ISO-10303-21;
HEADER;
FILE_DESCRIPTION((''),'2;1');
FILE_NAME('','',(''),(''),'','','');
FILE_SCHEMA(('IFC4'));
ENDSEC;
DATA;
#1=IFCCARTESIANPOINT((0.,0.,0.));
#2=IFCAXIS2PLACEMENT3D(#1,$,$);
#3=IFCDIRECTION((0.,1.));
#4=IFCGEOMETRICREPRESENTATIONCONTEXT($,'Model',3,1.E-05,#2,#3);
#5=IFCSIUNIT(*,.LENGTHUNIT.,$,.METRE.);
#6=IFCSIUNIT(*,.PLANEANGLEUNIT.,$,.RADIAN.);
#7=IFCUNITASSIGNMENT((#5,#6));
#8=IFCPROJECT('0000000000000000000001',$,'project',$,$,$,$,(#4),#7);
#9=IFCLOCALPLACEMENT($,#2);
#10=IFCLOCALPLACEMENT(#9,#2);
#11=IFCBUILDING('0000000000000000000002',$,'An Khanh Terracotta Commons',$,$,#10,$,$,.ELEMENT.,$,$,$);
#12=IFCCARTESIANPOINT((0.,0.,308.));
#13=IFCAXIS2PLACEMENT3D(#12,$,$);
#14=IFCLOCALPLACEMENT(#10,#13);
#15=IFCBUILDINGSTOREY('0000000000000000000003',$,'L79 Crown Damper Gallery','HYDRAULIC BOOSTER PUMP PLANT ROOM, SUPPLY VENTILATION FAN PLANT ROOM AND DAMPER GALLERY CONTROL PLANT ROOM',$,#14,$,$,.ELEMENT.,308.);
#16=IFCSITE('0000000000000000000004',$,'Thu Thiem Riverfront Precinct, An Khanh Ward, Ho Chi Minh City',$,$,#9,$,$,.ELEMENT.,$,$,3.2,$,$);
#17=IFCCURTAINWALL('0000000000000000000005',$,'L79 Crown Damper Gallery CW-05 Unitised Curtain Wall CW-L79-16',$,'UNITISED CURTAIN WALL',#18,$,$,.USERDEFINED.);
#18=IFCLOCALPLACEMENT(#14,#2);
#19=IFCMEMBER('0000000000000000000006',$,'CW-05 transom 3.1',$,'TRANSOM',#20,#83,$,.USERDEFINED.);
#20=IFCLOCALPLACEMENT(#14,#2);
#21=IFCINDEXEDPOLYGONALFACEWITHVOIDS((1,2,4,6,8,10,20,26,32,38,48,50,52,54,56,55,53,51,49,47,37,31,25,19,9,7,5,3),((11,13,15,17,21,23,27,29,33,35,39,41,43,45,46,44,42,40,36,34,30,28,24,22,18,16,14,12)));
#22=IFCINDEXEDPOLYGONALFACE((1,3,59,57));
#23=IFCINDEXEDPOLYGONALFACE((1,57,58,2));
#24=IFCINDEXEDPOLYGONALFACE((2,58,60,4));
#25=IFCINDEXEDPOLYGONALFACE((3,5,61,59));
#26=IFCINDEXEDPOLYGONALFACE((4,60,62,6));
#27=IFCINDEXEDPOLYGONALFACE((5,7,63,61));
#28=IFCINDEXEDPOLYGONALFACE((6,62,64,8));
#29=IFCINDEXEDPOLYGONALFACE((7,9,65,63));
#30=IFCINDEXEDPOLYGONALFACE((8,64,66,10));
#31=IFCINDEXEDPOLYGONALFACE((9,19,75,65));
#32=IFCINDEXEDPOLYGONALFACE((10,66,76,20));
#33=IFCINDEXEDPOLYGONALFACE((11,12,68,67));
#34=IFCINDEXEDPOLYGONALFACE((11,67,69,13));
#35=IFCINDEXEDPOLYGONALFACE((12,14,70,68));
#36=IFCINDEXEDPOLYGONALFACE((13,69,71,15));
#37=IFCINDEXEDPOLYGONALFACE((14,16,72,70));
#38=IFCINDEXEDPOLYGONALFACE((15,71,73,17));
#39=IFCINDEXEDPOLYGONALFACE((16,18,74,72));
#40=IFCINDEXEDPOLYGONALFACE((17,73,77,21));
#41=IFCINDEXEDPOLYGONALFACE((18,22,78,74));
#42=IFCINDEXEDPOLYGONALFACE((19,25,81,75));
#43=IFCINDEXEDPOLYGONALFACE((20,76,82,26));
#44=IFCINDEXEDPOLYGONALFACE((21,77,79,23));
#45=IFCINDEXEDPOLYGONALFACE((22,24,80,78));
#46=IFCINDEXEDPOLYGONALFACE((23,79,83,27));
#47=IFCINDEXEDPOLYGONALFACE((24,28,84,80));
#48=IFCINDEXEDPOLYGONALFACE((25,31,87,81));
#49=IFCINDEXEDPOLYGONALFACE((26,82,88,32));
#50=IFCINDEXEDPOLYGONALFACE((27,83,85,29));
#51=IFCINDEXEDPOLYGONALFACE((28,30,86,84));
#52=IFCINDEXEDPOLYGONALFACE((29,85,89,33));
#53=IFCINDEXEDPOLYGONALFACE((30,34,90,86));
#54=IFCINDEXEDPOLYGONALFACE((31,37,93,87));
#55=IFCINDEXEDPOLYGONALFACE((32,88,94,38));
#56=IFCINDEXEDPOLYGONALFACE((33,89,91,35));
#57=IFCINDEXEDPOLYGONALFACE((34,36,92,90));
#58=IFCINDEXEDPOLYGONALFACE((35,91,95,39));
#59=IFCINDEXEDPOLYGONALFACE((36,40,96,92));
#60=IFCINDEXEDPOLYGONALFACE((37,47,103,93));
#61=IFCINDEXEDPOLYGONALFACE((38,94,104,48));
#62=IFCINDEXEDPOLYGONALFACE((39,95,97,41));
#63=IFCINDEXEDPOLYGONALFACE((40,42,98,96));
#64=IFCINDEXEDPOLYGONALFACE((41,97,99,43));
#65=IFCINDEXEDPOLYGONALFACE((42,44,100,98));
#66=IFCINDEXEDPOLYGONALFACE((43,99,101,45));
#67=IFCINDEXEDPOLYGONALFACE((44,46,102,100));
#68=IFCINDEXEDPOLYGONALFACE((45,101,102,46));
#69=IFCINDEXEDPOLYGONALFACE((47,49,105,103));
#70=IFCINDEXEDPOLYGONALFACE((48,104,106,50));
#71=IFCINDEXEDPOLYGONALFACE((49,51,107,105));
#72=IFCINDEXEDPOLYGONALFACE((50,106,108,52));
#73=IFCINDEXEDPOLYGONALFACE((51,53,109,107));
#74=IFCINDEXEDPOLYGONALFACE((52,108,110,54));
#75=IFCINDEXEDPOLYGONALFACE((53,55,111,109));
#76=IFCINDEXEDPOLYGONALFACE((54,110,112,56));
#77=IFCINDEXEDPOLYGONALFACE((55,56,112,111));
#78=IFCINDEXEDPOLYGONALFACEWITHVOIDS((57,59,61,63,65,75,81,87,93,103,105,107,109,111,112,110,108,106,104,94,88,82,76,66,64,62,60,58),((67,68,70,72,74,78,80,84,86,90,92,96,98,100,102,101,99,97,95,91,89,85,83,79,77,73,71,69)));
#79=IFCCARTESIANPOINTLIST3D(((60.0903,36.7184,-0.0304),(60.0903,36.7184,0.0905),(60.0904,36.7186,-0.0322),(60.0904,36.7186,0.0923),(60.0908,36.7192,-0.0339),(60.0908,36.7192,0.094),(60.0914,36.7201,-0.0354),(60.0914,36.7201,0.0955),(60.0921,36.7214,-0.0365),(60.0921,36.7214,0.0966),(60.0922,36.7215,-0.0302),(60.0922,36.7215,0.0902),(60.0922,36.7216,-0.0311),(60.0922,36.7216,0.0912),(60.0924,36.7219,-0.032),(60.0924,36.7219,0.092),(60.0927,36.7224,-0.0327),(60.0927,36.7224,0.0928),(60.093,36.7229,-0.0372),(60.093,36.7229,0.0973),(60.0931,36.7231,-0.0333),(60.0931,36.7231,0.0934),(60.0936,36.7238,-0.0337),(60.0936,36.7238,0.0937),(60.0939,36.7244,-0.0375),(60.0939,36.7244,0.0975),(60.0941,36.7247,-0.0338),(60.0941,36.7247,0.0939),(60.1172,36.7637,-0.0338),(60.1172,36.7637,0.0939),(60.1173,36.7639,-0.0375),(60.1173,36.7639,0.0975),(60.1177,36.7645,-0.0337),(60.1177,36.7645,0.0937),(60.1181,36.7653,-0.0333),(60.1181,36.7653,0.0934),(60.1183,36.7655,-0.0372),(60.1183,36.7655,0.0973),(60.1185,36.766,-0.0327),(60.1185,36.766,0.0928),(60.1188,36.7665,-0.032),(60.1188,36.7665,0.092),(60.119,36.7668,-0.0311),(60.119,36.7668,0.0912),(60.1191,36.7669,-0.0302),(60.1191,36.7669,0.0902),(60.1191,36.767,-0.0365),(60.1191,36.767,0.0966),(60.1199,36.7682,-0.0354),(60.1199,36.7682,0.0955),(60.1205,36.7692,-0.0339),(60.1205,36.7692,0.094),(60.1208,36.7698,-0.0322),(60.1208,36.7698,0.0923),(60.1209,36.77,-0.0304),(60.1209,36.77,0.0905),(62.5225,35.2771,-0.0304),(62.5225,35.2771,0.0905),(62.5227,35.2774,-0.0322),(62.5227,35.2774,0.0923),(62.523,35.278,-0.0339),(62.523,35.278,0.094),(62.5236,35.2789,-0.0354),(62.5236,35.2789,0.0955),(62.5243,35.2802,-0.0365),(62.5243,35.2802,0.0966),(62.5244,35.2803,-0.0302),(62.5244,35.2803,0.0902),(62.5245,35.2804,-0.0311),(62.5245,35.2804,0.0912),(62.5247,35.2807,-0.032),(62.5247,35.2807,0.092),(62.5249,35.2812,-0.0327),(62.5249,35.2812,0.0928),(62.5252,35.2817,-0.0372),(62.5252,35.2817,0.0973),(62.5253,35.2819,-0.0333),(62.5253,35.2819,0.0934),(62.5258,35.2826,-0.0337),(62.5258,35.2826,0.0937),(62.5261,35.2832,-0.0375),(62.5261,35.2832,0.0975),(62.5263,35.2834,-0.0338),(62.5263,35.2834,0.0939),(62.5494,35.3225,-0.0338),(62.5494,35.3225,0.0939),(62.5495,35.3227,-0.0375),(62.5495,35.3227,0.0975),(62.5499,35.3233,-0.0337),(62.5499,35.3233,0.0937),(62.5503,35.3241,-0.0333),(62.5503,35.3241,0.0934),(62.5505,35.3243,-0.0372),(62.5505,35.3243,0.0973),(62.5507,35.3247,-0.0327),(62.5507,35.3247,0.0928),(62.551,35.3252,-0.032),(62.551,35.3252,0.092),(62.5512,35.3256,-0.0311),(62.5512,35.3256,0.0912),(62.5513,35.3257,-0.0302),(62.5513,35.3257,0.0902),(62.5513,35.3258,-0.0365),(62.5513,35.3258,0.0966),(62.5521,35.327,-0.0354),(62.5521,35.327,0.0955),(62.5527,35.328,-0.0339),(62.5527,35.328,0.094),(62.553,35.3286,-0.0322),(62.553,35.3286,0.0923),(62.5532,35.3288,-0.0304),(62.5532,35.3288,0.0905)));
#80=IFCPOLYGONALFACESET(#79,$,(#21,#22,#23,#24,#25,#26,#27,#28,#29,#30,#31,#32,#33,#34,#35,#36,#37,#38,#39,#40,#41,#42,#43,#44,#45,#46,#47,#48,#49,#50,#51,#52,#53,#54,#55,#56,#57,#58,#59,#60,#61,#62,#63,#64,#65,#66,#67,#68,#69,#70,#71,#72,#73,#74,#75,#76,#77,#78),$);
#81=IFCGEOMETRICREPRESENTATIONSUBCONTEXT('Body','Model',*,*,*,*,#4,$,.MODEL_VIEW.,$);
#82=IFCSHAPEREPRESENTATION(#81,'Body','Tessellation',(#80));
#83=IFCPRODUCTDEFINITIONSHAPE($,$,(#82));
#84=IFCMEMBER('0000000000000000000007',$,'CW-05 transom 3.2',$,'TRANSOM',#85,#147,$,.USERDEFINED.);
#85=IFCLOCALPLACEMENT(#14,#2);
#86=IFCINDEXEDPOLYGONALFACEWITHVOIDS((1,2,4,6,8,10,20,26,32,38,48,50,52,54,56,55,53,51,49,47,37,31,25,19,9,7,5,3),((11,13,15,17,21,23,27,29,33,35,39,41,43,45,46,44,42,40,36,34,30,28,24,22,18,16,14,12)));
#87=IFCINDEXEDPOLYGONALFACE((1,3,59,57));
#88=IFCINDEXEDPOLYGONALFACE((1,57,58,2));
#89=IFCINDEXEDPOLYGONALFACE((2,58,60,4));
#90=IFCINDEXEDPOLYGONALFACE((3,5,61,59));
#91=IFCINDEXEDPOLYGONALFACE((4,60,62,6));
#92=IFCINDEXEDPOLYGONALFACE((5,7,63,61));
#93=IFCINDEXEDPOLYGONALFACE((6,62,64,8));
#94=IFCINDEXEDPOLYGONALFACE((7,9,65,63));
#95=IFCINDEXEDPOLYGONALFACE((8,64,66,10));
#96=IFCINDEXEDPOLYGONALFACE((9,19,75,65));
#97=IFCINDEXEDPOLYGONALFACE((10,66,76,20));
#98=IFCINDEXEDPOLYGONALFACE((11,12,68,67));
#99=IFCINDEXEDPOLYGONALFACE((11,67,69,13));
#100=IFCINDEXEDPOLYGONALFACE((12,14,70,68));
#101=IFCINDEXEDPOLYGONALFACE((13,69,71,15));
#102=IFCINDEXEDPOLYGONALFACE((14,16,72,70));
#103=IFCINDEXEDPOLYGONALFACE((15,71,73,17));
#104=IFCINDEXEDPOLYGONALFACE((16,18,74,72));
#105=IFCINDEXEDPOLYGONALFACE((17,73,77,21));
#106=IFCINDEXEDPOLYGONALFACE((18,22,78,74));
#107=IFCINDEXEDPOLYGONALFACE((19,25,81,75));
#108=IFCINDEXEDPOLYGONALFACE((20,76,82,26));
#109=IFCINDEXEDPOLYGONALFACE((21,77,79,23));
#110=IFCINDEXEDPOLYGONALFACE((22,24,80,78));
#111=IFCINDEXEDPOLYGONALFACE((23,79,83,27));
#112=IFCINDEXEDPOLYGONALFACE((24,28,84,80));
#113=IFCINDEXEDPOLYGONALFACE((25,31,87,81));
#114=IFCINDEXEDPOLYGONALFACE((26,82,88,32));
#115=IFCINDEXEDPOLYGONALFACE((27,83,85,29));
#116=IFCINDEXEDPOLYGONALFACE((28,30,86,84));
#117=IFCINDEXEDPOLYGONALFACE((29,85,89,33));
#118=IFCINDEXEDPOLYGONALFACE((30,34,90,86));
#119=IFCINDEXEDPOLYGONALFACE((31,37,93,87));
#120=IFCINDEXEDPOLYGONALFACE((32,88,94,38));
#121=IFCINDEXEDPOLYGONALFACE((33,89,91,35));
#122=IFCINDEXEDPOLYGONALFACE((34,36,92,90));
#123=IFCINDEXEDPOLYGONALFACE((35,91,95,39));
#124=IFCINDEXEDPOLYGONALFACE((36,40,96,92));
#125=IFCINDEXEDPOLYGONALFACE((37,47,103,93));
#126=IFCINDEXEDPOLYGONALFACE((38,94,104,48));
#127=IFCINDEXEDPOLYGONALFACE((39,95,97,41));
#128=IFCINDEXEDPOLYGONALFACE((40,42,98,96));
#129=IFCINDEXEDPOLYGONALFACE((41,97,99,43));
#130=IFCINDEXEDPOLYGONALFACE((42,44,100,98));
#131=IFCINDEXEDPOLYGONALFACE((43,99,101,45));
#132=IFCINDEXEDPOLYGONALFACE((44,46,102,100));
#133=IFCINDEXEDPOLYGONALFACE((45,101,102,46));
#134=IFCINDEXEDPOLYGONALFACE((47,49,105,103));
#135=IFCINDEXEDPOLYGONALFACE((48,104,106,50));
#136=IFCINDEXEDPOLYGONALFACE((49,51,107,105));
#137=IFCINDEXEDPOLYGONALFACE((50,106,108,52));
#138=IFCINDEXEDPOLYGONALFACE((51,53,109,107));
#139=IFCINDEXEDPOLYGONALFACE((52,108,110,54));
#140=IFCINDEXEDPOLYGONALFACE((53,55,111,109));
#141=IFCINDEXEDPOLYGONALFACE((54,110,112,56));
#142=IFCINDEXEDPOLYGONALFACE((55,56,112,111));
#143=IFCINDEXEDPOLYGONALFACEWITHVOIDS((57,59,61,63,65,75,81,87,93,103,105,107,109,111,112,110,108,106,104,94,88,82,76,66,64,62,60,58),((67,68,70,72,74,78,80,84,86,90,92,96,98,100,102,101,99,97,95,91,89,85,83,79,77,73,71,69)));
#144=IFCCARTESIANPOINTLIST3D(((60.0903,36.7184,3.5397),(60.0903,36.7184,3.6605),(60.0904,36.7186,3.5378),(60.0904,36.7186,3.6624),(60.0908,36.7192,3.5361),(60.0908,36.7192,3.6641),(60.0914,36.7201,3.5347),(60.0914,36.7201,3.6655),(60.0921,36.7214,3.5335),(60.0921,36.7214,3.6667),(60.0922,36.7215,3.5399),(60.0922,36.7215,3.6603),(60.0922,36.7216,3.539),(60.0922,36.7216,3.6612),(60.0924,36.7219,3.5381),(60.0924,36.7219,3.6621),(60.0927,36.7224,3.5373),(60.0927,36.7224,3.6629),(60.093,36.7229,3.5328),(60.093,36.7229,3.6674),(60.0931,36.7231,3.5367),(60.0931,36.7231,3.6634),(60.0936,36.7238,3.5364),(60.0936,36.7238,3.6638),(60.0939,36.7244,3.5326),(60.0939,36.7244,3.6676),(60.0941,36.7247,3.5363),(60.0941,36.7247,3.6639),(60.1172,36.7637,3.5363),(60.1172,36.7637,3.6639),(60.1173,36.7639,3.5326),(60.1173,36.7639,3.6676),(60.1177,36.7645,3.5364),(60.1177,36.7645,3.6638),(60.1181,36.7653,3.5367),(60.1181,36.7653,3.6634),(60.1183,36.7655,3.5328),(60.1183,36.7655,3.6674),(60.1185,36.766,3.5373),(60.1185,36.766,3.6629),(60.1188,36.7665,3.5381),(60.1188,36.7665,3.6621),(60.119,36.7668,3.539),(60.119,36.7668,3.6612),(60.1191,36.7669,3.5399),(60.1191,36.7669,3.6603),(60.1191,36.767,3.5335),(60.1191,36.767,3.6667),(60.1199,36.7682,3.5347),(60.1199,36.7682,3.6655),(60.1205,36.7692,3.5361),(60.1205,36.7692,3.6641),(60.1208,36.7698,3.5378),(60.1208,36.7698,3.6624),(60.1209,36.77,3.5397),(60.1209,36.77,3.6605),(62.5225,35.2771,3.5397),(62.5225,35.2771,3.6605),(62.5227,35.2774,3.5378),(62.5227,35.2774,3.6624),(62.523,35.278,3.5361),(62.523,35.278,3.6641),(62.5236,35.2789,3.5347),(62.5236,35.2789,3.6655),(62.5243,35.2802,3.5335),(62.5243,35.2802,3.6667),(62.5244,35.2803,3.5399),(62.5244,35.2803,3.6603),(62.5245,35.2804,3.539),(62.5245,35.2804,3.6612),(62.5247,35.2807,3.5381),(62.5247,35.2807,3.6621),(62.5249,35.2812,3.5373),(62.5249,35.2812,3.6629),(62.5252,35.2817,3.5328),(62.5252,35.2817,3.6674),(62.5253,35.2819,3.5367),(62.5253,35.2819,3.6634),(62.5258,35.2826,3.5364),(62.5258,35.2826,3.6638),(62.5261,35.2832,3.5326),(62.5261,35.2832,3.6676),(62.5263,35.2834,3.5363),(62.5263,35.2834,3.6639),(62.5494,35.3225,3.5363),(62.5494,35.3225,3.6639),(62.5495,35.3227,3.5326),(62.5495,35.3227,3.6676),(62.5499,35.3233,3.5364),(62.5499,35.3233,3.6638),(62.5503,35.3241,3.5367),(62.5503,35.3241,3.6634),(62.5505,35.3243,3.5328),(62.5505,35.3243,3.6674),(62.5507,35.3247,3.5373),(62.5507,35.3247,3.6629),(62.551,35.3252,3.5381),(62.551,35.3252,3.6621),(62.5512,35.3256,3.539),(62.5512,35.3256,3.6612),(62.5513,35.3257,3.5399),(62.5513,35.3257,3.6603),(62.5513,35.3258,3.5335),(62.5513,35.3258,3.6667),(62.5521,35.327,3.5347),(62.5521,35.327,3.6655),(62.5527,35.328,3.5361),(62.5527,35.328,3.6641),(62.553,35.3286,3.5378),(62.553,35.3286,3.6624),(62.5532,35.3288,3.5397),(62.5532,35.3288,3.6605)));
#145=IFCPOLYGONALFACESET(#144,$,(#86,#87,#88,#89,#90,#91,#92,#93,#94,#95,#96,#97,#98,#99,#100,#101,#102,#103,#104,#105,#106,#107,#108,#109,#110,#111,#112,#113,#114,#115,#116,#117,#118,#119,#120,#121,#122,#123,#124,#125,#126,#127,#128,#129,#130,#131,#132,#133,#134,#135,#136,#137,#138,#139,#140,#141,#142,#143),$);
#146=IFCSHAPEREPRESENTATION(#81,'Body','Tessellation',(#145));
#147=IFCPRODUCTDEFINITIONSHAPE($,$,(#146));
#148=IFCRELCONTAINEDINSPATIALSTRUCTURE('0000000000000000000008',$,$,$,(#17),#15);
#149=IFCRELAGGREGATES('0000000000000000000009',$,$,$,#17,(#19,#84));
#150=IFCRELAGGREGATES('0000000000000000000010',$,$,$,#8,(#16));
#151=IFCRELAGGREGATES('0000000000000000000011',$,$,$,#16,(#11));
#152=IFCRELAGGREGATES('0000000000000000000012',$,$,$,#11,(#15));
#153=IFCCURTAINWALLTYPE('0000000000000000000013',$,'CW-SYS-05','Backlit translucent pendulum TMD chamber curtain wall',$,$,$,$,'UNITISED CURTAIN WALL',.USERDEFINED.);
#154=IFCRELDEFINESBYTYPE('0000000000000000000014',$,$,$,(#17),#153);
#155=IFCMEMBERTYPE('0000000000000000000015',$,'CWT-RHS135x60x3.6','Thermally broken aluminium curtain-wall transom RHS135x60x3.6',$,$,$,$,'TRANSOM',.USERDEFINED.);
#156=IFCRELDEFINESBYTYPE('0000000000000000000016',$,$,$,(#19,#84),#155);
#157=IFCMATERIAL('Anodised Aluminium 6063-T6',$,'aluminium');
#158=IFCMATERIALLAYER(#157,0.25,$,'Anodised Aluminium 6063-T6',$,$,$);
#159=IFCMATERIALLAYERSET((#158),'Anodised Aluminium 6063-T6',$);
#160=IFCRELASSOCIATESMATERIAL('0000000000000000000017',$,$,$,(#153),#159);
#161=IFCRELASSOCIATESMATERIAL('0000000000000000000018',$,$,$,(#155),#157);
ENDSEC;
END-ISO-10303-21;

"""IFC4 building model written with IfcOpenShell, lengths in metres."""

from ifc_helpers import new_model, si_unit, direction, frame, origin, origin_2d, place, context, subcontext, project, spatial, hollow_rectangle, extrude, material, layer, layer_set, material_profile, profile_set, type_object, element, aggregate, save


model = new_model("IFC4")

# Units and contexts
model_context = context("Model", 3, precision=1e-05, world=origin(), true_north=direction((0.0, 1.0)))
body_context = subcontext(model_context, "Body", "Model", "MODEL_VIEW")
ifc_project = project(units=[si_unit("LENGTHUNIT", "METRE"), si_unit("PLANEANGLEUNIT", "RADIAN")], contexts=[model_context])

# Site, building, storey
site_placement = place(None, origin())
site = spatial("IfcSite", under=ifc_project, at=site_placement, Name="Thu Thiem Riverfront Precinct, An Khanh Ward, Ho Chi Minh City", CompositionType="ELEMENT", RefElevation=3.2)
building_placement = place(site_placement, origin())
building = spatial("IfcBuilding", under=site, at=building_placement, Name="An Khanh Terracotta Commons", CompositionType="ELEMENT")
storey_placement = place(building_placement, frame((0.0, 0.0, 308.0)))
storey = spatial("IfcBuildingStorey", under=building, at=storey_placement, Name="L79 Crown Damper Gallery", Description="HYDRAULIC BOOSTER PUMP PLANT ROOM, SUPPLY VENTILATION FAN PLANT ROOM AND DAMPER GALLERY CONTROL PLANT ROOM", CompositionType="ELEMENT", Elevation=308.0)

# Curtain wall, members
ifc_material_1 = material(Name="Anodised Aluminium 6063-T6", Category="aluminium")
ifc_layer_1 = layer(ifc_material_1, 0.25, Name="Anodised Aluminium 6063-T6")
ifc_layer_set_1 = layer_set([ifc_layer_1], Name="Anodised Aluminium 6063-T6")
curtain_wall_type = type_object("IfcCurtainWallType", Name="CW-SYS-05", Description="Backlit translucent pendulum TMD chamber curtain wall", ElementType="UNITISED CURTAIN WALL", PredefinedType="USERDEFINED", material=ifc_layer_set_1)
curtain_wall_placement = place(storey_placement, origin())
curtain_wall = element("IfcCurtainWall", 1, at=curtain_wall_placement, inside=storey, type_object=curtain_wall_type, Name="L79 Crown Damper Gallery CW-05 Unitised Curtain Wall CW-L79-16", ObjectType="UNITISED CURTAIN WALL", PredefinedType="USERDEFINED")
ifc_material_profile_1 = material_profile(ifc_material_1, hollow_rectangle(XDim=0.0601, YDim=0.135, WallThickness=0.0037, InnerFilletRadius=0.0037, OuterFilletRadius=0.0071, at=origin_2d()), Name="RHS135x60x3.6")
ifc_profile_set_1 = profile_set([ifc_material_profile_1], Name="Anodised Aluminium 6063-T6")
member_type_1 = type_object("IfcMemberType", Name="CWT-RHS135x60x3.6", Description="Thermally broken aluminium curtain-wall transom RHS135x60x3.6", ElementType="TRANSOM", PredefinedType="USERDEFINED", material=ifc_profile_set_1)
member_1_placement = place(storey_placement, frame((62.5378, 35.303, 0.03), z_axis=(-0.860307, 0.509776, 0.0), x_axis=(-0.509776, -0.860307, 0.0)))
member_1 = element("IfcMember", 2, at=member_1_placement, type_object=member_type_1, Name="CW-05 transom 3.1", ObjectType="TRANSOM", PredefinedType="USERDEFINED", context=body_context, shape_type="SweptSolid", body=[
    extrude(hollow_rectangle(XDim=0.0601, YDim=0.135, WallThickness=0.0037, InnerFilletRadius=0.0037, OuterFilletRadius=0.0071, at=origin_2d()), origin(), (0.0, 0.0, 1.0), 2.8271),
])
member_2_placement = place(storey_placement, frame((62.5378, 35.303, 3.6001), z_axis=(-0.860307, 0.509776, 0.0), x_axis=(-0.509776, -0.860307, 0.0)))
member_2 = element("IfcMember", 3, at=member_2_placement, type_object=member_type_1, Name="CW-05 transom 3.2", ObjectType="TRANSOM", PredefinedType="USERDEFINED", context=body_context, shape_type="SweptSolid", body=[
    extrude(hollow_rectangle(XDim=0.0601, YDim=0.135, WallThickness=0.0037, InnerFilletRadius=0.0037, OuterFilletRadius=0.0071, at=origin_2d()), origin(), (0.0, 0.0, 1.0), 2.8271),
])
aggregate(curtain_wall, [member_1, member_2])

save(model, "model.ifc")
